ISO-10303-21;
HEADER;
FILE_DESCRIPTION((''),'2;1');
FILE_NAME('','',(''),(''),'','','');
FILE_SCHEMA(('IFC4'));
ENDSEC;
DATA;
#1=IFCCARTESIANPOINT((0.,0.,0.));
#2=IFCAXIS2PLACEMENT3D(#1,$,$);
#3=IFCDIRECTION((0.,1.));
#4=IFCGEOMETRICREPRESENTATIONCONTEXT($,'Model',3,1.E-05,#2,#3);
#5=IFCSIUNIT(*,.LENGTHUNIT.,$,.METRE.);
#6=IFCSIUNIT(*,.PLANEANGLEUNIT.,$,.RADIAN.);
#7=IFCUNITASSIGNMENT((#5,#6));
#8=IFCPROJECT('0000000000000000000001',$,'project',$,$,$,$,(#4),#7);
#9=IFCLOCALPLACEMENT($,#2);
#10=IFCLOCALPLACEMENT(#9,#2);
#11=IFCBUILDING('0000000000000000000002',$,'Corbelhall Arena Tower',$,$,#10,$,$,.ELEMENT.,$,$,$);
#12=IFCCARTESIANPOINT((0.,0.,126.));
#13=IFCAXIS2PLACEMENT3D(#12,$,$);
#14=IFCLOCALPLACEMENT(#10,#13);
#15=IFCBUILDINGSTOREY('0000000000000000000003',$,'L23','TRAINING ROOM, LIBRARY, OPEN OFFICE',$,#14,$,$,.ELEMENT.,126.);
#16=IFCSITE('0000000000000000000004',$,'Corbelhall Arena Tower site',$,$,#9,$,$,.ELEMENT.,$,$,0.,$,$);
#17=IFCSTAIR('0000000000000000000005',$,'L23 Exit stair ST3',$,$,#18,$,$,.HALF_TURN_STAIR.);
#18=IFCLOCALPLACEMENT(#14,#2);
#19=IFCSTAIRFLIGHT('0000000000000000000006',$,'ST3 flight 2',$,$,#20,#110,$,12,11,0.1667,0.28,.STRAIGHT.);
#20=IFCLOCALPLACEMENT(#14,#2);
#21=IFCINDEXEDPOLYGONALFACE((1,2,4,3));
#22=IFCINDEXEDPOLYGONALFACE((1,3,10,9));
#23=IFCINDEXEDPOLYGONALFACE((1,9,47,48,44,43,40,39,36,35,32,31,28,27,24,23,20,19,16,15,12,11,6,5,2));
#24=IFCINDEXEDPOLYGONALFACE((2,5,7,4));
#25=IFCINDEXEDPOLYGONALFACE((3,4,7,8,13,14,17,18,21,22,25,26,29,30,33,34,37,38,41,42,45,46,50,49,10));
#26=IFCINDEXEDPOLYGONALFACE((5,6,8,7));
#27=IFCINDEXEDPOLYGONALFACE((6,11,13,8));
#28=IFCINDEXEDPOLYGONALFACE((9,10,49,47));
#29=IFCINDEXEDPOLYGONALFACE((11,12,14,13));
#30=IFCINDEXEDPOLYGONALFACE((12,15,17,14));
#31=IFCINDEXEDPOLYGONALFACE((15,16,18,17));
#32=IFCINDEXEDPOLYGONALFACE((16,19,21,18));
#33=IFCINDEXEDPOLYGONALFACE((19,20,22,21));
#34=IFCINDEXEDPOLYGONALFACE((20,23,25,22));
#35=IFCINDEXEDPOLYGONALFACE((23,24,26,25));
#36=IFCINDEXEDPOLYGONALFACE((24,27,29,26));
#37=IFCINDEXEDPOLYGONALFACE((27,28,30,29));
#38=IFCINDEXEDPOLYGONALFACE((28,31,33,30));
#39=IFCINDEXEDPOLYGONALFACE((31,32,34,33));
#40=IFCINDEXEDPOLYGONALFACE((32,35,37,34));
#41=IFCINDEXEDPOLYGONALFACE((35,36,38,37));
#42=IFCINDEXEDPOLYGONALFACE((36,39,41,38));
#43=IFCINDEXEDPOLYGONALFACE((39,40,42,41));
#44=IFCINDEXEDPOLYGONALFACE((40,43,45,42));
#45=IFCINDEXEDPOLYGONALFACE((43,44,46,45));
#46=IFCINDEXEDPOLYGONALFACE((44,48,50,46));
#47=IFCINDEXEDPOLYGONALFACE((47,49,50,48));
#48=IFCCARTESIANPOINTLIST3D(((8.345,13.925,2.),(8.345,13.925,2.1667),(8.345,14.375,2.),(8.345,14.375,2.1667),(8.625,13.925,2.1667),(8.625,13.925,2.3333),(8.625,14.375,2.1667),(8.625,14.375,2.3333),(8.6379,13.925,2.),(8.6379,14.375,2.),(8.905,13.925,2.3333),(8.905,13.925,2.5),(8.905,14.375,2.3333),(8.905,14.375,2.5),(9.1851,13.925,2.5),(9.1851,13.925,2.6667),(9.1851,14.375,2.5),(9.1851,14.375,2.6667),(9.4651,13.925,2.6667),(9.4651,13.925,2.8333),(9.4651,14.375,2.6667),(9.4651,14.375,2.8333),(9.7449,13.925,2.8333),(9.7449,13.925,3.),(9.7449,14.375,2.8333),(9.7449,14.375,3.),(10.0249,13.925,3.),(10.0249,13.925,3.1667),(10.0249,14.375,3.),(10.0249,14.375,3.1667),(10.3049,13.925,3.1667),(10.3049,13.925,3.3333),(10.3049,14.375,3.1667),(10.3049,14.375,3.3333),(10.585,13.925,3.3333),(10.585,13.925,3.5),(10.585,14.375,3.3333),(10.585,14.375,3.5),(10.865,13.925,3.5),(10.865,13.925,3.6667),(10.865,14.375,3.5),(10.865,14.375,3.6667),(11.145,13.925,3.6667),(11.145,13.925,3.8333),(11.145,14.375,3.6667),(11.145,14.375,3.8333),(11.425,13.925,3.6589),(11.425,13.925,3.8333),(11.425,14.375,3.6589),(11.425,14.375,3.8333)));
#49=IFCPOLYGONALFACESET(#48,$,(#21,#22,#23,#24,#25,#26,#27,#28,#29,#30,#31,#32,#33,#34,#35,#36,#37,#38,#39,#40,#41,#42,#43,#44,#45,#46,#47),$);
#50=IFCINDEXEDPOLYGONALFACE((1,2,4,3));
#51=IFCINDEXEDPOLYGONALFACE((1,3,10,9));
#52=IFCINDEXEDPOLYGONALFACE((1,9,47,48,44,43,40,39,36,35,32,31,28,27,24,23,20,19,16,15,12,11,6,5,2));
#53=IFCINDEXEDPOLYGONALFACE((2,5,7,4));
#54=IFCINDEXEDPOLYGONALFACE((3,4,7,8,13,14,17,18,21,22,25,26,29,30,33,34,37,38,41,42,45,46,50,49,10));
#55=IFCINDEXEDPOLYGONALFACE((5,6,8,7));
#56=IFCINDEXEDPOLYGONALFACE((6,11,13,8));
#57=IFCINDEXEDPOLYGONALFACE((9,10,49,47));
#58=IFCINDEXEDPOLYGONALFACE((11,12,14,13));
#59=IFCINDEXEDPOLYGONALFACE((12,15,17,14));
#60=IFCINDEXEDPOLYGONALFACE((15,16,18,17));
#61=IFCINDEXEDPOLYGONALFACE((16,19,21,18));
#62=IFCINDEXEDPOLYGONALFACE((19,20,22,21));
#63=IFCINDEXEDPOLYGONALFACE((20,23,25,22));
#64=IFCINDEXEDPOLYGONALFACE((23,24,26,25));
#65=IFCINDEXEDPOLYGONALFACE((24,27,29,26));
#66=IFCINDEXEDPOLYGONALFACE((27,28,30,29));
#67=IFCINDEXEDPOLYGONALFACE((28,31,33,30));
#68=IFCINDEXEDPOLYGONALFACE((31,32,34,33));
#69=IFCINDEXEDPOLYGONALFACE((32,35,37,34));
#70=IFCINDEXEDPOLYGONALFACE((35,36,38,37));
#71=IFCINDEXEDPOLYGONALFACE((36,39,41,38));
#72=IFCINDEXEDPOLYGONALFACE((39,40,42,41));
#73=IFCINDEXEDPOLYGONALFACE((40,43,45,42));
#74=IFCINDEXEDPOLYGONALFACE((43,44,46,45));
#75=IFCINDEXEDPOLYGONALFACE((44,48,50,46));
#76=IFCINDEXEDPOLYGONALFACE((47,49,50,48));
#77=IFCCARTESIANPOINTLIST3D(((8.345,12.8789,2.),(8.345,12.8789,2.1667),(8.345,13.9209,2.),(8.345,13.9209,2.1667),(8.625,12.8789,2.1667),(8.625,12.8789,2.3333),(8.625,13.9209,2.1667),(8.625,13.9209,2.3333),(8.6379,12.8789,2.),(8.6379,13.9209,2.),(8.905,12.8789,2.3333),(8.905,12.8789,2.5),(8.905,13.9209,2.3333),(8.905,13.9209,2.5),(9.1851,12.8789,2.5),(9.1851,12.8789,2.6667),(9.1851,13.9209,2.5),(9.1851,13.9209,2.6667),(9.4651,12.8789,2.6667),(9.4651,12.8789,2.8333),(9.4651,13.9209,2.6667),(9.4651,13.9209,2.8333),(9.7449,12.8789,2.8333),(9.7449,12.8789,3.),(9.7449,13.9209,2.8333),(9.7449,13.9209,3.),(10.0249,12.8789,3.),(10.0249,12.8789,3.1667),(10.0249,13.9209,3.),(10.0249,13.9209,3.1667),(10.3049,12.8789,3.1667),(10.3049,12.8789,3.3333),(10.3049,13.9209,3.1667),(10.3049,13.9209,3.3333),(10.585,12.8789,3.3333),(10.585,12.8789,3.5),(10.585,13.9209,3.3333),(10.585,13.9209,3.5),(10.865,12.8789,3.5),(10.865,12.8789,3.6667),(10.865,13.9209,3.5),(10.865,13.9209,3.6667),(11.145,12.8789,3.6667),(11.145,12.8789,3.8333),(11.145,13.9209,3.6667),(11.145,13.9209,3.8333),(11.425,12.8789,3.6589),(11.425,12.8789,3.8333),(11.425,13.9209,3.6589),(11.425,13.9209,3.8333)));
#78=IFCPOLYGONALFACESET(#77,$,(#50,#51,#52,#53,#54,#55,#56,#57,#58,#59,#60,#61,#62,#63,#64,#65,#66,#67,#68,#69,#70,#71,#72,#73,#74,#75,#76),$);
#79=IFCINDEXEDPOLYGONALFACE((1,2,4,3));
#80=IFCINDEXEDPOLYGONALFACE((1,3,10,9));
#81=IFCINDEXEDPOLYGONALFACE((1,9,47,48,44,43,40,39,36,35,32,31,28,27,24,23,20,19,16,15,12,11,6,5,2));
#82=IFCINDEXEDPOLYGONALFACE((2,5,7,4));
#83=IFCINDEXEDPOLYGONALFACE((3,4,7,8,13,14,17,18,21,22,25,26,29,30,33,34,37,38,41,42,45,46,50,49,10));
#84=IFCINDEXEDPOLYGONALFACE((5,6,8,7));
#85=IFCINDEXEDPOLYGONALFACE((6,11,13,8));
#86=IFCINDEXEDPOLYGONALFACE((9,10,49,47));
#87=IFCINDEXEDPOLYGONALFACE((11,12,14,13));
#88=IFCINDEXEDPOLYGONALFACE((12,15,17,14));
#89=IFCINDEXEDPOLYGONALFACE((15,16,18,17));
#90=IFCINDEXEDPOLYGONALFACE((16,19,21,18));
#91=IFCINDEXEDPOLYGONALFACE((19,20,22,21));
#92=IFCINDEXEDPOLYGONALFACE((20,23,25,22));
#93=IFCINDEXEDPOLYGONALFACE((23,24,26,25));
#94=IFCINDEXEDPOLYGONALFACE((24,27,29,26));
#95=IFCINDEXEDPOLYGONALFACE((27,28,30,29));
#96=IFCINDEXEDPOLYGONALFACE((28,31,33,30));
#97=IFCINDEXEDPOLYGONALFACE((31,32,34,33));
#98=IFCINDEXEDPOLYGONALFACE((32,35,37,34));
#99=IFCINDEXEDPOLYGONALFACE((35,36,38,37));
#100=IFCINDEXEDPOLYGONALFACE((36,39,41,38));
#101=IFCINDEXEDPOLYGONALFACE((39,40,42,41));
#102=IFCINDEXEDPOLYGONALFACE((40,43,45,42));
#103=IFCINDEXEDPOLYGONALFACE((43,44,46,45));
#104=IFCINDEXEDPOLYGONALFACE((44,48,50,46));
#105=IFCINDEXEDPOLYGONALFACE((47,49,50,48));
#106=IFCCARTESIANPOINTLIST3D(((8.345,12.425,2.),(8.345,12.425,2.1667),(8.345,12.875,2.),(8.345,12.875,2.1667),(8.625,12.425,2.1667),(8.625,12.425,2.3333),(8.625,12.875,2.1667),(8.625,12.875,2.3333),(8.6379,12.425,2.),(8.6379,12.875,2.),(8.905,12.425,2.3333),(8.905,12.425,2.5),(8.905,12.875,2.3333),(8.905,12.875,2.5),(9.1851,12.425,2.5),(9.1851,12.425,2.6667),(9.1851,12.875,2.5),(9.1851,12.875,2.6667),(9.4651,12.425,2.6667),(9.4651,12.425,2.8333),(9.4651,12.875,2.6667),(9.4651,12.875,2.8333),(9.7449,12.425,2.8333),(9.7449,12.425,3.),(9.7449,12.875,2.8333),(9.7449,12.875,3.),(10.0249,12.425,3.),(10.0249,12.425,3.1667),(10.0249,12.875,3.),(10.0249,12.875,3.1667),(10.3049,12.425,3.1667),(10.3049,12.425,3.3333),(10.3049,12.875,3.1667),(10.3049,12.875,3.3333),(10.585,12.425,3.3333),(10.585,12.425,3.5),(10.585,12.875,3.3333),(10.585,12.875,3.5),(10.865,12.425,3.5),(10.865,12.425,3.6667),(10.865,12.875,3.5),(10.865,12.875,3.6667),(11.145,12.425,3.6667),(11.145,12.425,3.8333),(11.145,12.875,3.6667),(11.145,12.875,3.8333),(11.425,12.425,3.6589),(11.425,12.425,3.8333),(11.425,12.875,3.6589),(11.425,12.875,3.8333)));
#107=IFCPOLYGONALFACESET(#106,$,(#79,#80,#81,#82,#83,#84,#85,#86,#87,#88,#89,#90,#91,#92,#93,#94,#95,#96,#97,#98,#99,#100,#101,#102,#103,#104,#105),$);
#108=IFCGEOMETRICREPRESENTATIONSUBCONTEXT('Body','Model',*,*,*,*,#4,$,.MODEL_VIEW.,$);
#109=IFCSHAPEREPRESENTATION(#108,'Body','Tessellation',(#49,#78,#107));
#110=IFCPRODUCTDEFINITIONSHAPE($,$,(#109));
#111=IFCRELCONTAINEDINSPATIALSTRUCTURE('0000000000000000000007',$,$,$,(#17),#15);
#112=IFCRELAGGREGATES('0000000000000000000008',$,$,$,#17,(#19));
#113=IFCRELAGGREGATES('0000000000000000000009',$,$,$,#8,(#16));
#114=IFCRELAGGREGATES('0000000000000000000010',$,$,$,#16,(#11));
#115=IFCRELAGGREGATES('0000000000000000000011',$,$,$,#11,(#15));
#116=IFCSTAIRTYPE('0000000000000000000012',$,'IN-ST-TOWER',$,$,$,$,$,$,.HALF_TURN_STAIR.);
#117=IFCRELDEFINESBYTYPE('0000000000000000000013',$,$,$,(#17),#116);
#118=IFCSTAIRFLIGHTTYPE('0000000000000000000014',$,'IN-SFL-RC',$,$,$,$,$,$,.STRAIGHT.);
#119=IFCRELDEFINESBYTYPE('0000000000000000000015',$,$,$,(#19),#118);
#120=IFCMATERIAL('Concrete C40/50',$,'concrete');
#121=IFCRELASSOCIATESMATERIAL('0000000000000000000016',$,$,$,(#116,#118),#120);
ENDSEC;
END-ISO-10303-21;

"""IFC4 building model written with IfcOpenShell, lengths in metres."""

from ifc_helpers import new_model, si_unit, direction, frame, origin, place, context, subcontext, project, spatial, polyline, outline, extrude, material, type_object, element, aggregate, save


model = new_model("IFC4")

# Units and contexts
model_context = context("Model", 3, precision=1e-05, world=origin(), true_north=direction((0.0, 1.0)))
body_context = subcontext(model_context, "Body", "Model", "MODEL_VIEW")
ifc_project = project(units=[si_unit("LENGTHUNIT", "METRE"), si_unit("PLANEANGLEUNIT", "RADIAN")], contexts=[model_context])

# Site, building, storey
site_placement = place(None, origin())
site = spatial("IfcSite", under=ifc_project, at=site_placement, Name="Corbelhall Arena Tower site", CompositionType="ELEMENT", RefElevation=0.0)
building_placement = place(site_placement, origin())
building = spatial("IfcBuilding", under=site, at=building_placement, Name="Corbelhall Arena Tower", CompositionType="ELEMENT")
storey_placement = place(building_placement, frame((0.0, 0.0, 126.0)))
storey = spatial("IfcBuildingStorey", under=building, at=storey_placement, Name="L23", Description="TRAINING ROOM, LIBRARY, OPEN OFFICE", CompositionType="ELEMENT", Elevation=126.0)

# Shared definitions
ifc_material_1 = material(Name="Concrete C40/50", Category="concrete")

# Stair, stair flight
stair_type = type_object("IfcStairType", Name="IN-ST-TOWER", PredefinedType="HALF_TURN_STAIR", material=ifc_material_1)
stair_placement = place(storey_placement, origin())
stair = element("IfcStair", 1, at=stair_placement, inside=storey, type_object=stair_type, Name="L23 Exit stair ST3", PredefinedType="HALF_TURN_STAIR")
stair_flight_type = type_object("IfcStairFlightType", Name="IN-SFL-RC", PredefinedType="STRAIGHT", material=ifc_material_1)
stair_flight_1_placement = place(storey_placement, frame((8.345, 13.3999, 2.0), z_axis=(0.0, 0.0, 1.0), x_axis=(1.0, 0.0, 0.0)))
stair_flight_1 = element("IfcStairFlight", 2, at=stair_flight_1_placement, type_object=stair_flight_type, Name="ST3 flight 2", NumberOfRisers=12, NumberOfTreads=11, PredefinedType="STRAIGHT", RiserHeight=0.1667, TreadLength=0.28, context=body_context, shape_type="SweptSolid", body=[
    extrude(outline(polyline([(0.0, 0.0), (0.0, 0.1667), (0.28, 0.1667), (0.28, 0.3333), (0.5601, 0.3333), (0.5601, 0.5), (0.8401, 0.5), (0.8401, 0.6667), (1.1201, 0.6667), (1.1201, 0.8333), (1.3999, 0.8333), (1.3999, 1.0), (1.6799, 1.0), (1.6799, 1.1667), (1.96, 1.1667), (1.96, 1.3333), (2.24, 1.3333), (2.24, 1.5), (2.52, 1.5), (2.52, 1.6667), (2.8, 1.6667), (2.8, 1.8333), (3.0801, 1.8333), (3.0801, 2.0), (3.0801, 1.6589), (0.293, 0.0), (0.0, 0.0)])), frame((0.0, 0.9751, 0.0), z_axis=(0.0, -1.0, 0.0), x_axis=(1.0, 0.0, 0.0)), (0.0, 0.0, 1.0), 0.45),
    extrude(outline(polyline([(0.0, 0.0), (0.0, 0.1667), (0.28, 0.1667), (0.28, 0.3333), (0.5601, 0.3333), (0.5601, 0.5), (0.8401, 0.5), (0.8401, 0.6667), (1.1201, 0.6667), (1.1201, 0.8333), (1.3999, 0.8333), (1.3999, 1.0), (1.6799, 1.0), (1.6799, 1.1667), (1.96, 1.1667), (1.96, 1.3333), (2.24, 1.3333), (2.24, 1.5), (2.52, 1.5), (2.52, 1.6667), (2.8, 1.6667), (2.8, 1.8333), (3.0801, 1.8333), (3.0801, 2.0), (3.0801, 1.6589), (0.293, 0.0), (0.0, 0.0)])), frame((0.0, 0.521, 0.0), z_axis=(0.0, -1.0, 0.0), x_axis=(1.0, 0.0, 0.0)), (0.0, 0.0, 1.0), 1.042),
    extrude(outline(polyline([(0.0, 0.0), (0.0, 0.1667), (0.28, 0.1667), (0.28, 0.3333), (0.5601, 0.3333), (0.5601, 0.5), (0.8401, 0.5), (0.8401, 0.6667), (1.1201, 0.6667), (1.1201, 0.8333), (1.3999, 0.8333), (1.3999, 1.0), (1.6799, 1.0), (1.6799, 1.1667), (1.96, 1.1667), (1.96, 1.3333), (2.24, 1.3333), (2.24, 1.5), (2.52, 1.5), (2.52, 1.6667), (2.8, 1.6667), (2.8, 1.8333), (3.0801, 1.8333), (3.0801, 2.0), (3.0801, 1.6589), (0.293, 0.0), (0.0, 0.0)])), frame((0.0, -0.5249, 0.0), z_axis=(0.0, -1.0, 0.0), x_axis=(1.0, 0.0, 0.0)), (0.0, 0.0, 1.0), 0.45),
])
aggregate(stair, [stair_flight_1])

save(model, "model.ifc")
